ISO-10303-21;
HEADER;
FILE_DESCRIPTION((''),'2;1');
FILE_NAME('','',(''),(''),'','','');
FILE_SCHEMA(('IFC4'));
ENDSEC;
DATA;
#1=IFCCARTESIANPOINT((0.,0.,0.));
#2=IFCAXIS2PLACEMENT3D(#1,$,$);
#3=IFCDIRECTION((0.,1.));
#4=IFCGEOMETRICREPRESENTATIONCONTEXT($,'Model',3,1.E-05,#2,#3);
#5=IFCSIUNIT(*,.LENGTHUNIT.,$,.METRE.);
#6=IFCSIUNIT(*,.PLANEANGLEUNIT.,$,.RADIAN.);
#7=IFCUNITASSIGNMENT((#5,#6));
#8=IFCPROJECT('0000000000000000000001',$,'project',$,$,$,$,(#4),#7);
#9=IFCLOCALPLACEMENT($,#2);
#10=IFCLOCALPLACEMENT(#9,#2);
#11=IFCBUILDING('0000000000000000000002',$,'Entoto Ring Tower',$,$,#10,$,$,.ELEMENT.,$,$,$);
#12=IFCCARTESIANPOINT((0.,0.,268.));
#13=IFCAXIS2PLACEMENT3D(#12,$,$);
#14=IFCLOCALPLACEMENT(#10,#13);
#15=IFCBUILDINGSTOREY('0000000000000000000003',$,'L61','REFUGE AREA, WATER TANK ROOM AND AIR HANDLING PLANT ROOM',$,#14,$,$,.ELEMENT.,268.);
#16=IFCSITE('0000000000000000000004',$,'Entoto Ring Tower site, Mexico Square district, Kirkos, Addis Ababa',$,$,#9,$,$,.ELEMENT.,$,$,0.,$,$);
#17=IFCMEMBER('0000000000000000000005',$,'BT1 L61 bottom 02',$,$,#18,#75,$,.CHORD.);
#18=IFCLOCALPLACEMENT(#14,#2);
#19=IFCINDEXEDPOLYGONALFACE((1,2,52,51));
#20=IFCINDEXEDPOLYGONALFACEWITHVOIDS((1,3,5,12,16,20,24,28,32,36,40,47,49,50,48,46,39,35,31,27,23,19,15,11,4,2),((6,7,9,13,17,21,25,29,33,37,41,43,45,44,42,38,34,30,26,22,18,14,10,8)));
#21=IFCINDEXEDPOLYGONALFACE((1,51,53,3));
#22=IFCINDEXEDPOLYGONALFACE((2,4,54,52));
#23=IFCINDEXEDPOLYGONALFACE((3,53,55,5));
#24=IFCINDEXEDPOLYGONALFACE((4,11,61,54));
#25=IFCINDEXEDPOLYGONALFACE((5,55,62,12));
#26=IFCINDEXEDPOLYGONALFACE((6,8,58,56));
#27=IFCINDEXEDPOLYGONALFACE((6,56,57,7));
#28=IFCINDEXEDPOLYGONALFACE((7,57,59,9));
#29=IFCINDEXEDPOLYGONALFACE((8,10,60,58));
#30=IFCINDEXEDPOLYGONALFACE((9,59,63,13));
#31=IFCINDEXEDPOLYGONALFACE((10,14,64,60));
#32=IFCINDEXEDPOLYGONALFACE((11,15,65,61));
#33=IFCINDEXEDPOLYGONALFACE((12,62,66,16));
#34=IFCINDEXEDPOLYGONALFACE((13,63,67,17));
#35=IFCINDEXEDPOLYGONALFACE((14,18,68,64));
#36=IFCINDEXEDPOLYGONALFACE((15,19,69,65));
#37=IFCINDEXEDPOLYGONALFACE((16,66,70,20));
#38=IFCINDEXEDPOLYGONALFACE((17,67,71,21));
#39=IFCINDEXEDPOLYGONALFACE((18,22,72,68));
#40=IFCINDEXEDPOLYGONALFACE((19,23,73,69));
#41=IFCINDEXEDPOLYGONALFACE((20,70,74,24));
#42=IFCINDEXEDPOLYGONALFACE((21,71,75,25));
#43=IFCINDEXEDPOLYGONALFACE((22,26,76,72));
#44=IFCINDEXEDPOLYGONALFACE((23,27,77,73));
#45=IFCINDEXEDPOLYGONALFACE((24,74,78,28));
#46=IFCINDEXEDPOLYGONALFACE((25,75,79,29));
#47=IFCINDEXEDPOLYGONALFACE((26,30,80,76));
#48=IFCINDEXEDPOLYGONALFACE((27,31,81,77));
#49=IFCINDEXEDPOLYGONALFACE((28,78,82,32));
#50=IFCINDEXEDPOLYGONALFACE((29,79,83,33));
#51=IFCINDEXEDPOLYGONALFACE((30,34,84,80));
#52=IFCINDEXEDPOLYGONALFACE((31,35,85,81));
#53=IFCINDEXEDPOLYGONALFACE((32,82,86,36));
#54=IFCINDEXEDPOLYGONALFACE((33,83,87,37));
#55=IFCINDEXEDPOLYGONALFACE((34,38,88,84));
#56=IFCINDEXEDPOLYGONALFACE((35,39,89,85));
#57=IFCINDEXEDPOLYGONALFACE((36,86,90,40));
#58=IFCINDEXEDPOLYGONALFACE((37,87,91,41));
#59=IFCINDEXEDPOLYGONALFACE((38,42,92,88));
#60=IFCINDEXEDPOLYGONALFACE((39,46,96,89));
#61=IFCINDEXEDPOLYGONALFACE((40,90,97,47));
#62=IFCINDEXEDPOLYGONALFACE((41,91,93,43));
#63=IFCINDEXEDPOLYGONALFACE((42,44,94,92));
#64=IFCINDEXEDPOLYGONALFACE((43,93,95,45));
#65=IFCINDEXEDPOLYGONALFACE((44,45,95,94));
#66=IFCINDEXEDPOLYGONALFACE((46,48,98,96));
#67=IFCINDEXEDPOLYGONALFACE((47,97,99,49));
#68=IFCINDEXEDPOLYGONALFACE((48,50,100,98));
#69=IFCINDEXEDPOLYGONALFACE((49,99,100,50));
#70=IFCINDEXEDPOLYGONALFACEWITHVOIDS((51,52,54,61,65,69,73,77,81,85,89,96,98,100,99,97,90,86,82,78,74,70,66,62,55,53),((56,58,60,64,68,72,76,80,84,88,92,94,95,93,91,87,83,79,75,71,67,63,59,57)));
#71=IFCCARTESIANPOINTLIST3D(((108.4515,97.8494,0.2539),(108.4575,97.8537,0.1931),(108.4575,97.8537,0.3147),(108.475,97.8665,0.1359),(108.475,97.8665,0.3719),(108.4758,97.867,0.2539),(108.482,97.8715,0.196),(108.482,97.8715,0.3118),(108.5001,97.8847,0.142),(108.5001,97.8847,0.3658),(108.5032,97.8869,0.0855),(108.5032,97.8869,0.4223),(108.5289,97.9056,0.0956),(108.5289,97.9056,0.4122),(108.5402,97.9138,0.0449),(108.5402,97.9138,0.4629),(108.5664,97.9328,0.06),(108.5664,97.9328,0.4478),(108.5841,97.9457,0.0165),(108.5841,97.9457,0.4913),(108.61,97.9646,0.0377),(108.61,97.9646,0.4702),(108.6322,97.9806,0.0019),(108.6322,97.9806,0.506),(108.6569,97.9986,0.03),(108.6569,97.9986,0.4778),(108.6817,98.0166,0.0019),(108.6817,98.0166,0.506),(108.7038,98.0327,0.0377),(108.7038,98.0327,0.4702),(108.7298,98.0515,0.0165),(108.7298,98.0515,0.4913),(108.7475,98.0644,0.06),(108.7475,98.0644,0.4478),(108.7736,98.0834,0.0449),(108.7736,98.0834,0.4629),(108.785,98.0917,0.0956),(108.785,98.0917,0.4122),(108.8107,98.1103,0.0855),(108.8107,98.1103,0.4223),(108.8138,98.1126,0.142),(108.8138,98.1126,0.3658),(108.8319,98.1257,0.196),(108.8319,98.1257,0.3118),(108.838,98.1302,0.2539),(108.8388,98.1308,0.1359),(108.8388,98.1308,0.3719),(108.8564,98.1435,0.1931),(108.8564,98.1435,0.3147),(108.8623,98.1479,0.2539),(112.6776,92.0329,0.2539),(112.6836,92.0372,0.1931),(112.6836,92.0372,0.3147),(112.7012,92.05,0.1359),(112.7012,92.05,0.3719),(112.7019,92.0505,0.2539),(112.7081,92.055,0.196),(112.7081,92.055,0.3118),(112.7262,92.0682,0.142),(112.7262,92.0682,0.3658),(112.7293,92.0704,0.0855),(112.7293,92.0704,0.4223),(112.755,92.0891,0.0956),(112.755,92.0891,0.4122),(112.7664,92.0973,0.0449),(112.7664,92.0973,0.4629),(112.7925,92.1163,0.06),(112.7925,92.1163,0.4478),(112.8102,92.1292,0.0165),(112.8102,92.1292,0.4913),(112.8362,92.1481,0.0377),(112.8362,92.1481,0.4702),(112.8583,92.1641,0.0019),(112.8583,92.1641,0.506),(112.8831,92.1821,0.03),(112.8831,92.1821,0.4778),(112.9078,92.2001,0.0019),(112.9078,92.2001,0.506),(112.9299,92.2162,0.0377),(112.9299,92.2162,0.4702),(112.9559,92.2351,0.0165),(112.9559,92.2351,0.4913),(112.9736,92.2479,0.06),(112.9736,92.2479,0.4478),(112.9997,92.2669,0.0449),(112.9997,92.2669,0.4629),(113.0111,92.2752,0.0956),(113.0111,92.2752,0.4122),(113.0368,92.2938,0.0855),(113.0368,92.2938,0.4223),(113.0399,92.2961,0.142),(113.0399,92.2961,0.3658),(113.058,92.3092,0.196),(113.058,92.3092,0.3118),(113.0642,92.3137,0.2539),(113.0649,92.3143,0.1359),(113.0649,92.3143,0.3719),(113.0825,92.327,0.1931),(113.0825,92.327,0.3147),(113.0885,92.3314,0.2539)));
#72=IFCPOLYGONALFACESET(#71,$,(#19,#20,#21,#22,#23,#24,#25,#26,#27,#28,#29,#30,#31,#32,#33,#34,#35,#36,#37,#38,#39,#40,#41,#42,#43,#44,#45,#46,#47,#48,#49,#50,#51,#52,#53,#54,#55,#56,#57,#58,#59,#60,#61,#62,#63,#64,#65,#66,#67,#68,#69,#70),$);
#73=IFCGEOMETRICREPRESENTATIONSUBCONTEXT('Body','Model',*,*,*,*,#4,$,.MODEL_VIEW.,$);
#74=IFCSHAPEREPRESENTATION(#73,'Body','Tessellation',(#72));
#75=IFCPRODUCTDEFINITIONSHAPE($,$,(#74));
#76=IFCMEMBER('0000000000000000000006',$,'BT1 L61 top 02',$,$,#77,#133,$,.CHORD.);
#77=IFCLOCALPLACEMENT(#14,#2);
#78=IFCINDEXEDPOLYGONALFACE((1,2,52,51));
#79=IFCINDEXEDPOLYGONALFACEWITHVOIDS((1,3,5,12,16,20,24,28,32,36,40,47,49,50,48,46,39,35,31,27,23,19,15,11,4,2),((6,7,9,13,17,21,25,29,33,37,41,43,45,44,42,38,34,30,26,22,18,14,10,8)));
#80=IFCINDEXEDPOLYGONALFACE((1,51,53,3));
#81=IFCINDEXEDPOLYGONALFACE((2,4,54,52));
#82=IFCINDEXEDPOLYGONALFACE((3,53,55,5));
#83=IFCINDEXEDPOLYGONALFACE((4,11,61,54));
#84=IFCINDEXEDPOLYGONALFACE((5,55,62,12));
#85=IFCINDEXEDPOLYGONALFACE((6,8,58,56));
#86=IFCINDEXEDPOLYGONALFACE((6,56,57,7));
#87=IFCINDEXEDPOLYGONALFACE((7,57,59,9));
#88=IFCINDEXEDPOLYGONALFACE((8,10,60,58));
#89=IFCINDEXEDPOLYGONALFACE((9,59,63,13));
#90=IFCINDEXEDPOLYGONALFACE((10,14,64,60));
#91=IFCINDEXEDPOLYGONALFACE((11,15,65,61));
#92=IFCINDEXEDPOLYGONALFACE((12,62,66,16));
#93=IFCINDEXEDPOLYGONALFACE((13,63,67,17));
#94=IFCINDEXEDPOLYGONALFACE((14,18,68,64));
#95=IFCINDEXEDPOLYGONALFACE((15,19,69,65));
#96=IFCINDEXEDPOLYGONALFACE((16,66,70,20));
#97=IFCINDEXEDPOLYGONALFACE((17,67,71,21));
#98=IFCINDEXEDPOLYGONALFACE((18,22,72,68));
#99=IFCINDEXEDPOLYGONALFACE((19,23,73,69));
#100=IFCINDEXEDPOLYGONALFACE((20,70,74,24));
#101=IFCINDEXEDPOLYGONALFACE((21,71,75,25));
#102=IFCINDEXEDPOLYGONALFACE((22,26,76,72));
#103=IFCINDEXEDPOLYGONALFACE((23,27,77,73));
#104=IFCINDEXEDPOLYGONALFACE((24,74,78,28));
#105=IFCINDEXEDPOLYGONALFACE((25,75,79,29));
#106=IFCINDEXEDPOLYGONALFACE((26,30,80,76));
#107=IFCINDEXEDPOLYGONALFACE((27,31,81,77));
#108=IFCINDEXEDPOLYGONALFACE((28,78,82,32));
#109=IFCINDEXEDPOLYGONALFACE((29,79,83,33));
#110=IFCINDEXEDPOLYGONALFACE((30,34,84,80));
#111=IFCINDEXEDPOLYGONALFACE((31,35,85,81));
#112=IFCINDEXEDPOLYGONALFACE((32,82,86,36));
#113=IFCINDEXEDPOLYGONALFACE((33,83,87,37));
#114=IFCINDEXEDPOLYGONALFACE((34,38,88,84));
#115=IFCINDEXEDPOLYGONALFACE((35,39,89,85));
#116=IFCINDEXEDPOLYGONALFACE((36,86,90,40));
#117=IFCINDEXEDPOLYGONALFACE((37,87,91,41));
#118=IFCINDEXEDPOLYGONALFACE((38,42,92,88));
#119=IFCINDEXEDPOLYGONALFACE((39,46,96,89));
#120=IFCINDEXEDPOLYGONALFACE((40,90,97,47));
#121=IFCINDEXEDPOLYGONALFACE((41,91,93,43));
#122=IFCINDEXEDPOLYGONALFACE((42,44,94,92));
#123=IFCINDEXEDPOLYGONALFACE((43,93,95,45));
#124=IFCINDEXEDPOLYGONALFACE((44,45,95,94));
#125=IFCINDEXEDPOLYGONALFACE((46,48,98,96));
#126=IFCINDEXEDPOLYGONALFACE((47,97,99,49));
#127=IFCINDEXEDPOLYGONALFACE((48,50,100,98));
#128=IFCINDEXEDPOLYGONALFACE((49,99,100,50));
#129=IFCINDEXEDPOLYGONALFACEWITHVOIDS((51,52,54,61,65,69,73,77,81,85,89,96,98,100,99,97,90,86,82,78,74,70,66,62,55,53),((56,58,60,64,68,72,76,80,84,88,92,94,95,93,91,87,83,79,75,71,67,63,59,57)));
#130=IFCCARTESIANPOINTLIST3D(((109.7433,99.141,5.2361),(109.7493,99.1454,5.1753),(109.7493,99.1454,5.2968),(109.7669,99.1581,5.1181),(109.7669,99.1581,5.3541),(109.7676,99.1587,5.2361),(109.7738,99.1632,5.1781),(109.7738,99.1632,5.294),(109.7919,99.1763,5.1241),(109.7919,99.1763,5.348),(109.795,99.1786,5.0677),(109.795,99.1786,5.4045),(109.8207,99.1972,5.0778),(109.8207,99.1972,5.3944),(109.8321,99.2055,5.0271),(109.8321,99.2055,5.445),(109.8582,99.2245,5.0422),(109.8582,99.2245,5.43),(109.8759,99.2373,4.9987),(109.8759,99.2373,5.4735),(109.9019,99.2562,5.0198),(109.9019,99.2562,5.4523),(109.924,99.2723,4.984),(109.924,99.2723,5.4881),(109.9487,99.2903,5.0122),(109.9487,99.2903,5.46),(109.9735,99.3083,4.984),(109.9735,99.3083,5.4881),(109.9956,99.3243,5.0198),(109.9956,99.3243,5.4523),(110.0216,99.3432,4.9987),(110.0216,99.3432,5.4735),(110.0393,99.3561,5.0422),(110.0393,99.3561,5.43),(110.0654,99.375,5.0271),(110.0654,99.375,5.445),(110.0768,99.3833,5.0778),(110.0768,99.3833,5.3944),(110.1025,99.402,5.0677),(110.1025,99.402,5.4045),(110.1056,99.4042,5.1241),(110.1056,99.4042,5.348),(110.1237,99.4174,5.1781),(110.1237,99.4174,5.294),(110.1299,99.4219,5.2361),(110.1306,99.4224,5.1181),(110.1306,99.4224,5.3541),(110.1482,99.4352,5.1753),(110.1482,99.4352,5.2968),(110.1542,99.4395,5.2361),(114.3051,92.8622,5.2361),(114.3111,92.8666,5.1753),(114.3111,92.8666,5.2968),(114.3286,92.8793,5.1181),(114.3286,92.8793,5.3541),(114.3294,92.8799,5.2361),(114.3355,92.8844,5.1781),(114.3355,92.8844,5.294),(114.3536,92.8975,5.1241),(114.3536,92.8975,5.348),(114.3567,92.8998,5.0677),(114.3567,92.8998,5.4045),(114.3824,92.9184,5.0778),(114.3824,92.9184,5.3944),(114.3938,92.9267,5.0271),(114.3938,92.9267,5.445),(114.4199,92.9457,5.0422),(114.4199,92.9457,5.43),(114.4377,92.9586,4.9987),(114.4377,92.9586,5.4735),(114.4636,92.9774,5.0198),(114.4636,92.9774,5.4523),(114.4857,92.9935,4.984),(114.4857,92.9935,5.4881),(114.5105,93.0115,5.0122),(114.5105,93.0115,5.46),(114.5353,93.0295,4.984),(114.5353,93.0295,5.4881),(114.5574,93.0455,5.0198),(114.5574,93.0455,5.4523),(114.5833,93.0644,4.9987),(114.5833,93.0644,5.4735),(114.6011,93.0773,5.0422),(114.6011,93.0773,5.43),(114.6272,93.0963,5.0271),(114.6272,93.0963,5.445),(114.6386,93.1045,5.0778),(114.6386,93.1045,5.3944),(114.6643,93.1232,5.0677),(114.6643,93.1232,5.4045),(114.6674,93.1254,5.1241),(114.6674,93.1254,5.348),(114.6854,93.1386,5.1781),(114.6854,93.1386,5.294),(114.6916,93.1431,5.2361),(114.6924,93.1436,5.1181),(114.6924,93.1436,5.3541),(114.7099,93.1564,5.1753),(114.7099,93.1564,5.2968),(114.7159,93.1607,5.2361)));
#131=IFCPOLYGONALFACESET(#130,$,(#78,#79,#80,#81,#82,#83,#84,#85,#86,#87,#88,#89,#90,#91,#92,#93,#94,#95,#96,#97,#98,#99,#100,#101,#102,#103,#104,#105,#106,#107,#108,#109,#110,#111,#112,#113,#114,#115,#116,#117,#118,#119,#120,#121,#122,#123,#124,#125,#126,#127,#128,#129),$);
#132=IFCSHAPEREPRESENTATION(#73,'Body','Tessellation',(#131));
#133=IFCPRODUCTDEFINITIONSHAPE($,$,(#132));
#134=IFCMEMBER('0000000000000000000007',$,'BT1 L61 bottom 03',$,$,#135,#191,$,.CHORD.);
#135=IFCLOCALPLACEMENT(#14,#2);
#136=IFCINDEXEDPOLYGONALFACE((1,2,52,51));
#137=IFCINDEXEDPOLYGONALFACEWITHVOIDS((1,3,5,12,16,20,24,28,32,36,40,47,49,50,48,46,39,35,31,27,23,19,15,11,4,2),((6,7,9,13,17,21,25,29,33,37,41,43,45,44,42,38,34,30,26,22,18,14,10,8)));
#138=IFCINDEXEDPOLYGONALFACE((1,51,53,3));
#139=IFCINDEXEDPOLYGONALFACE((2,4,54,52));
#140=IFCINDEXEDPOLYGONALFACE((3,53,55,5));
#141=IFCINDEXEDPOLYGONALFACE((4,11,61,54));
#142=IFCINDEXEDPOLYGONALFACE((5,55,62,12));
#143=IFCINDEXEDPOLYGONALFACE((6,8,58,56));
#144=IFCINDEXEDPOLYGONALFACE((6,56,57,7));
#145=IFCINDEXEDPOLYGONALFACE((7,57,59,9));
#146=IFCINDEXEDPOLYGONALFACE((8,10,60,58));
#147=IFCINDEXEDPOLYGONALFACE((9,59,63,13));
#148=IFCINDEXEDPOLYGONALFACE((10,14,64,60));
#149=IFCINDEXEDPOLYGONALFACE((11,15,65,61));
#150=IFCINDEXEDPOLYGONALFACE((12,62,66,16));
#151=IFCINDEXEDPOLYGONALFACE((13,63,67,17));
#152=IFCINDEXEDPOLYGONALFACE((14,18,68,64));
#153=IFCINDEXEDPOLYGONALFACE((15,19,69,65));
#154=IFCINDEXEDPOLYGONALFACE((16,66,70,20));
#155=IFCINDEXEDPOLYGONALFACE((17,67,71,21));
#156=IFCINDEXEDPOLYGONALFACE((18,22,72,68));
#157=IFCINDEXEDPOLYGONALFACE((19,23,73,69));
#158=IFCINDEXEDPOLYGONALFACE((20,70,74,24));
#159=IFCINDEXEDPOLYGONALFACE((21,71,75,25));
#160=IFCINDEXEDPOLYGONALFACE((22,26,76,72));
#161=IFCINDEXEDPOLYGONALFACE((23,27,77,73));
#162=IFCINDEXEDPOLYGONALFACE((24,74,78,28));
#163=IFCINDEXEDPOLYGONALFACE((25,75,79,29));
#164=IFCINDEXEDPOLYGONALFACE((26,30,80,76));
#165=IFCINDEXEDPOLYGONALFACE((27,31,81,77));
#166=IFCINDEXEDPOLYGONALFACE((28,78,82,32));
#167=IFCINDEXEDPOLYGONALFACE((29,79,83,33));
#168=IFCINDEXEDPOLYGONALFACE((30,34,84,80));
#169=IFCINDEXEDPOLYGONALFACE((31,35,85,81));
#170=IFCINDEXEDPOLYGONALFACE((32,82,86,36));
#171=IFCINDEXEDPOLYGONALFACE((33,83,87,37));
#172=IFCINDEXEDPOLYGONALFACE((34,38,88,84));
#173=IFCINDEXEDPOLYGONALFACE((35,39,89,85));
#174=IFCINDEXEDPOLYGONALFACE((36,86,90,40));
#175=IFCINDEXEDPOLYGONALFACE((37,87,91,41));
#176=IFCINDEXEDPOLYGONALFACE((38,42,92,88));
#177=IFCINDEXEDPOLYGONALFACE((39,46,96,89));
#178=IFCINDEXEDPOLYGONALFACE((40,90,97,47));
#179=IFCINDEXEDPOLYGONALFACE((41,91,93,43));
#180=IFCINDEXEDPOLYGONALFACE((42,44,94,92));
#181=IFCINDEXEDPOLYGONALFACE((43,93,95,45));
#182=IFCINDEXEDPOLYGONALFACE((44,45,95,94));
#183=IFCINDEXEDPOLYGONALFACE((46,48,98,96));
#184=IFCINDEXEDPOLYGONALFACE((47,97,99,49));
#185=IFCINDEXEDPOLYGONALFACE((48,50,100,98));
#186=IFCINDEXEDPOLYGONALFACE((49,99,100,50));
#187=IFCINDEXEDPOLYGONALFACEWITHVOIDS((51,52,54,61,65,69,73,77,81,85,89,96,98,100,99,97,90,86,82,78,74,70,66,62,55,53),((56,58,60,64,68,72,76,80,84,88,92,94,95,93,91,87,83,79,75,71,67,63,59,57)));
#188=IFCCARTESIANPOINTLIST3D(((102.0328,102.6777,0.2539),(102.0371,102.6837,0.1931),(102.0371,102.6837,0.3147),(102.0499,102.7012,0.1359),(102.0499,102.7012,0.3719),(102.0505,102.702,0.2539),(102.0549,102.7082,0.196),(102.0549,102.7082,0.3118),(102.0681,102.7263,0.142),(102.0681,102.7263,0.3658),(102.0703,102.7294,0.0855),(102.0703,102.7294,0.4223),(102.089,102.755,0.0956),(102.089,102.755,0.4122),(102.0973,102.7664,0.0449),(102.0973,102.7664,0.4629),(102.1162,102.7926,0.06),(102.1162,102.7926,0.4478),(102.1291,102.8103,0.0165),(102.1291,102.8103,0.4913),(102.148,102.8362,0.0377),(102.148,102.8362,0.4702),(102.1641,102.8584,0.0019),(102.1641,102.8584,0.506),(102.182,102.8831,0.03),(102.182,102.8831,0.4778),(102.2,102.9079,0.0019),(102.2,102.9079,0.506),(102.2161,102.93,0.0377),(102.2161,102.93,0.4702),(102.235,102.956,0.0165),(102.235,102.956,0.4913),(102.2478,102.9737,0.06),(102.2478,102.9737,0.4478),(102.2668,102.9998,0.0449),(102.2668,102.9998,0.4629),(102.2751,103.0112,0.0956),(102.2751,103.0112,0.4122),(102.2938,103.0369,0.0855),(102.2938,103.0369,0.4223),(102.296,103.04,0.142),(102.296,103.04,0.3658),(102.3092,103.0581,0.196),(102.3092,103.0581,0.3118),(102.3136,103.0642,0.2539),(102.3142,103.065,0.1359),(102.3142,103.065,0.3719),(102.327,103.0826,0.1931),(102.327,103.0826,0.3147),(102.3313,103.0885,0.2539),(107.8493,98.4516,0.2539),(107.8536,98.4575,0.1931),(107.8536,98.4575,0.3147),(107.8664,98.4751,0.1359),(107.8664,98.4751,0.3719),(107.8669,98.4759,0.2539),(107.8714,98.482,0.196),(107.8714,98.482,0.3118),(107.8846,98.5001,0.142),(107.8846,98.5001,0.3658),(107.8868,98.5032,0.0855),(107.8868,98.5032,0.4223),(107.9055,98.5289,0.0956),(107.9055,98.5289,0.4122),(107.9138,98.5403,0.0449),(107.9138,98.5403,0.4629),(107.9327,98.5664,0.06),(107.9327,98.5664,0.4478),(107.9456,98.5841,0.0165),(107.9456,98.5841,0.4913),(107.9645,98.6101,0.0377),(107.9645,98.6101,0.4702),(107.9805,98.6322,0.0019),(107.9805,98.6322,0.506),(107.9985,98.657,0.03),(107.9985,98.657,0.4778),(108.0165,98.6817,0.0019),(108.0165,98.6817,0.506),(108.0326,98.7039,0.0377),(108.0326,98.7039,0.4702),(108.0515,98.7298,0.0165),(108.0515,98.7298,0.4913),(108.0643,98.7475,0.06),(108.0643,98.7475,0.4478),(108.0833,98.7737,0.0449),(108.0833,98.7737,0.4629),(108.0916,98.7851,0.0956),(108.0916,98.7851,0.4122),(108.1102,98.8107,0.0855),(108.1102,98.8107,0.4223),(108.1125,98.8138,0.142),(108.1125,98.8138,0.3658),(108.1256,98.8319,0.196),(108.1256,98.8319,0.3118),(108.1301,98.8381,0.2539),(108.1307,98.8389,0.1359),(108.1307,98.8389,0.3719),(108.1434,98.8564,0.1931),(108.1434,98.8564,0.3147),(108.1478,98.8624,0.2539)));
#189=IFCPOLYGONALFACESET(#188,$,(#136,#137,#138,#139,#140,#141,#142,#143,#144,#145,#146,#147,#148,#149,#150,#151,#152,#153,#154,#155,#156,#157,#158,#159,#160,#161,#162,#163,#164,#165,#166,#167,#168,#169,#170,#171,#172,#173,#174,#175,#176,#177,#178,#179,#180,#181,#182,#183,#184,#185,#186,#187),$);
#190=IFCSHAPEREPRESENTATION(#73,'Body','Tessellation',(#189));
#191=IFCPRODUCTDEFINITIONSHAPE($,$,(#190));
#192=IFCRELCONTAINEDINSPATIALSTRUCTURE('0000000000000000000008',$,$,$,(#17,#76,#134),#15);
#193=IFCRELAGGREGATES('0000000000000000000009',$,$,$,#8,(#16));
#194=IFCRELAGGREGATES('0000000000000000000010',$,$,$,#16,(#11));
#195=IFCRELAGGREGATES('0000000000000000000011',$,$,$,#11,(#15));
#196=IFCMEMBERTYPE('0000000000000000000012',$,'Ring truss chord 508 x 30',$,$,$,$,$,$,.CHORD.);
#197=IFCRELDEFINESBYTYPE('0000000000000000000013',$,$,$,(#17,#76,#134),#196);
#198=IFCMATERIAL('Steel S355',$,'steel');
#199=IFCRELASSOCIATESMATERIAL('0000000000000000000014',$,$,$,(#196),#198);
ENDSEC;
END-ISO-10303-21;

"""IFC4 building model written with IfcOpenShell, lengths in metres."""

from ifc_helpers import new_model, si_unit, direction, frame, origin, origin_2d, place, context, subcontext, project, spatial, circle, hollow_circle, extrude, material, material_profile, profile_set, type_object, element, save


model = new_model("IFC4")

# Units and contexts
model_context = context("Model", 3, precision=1e-05, world=origin(), true_north=direction((0.0, 1.0)))
body_context = subcontext(model_context, "Body", "Model", "MODEL_VIEW")
ifc_project = project(units=[si_unit("LENGTHUNIT", "METRE"), si_unit("PLANEANGLEUNIT", "RADIAN")], contexts=[model_context])

# Site, building, storey
site_placement = place(None, origin())
site = spatial("IfcSite", under=ifc_project, at=site_placement, Name="Entoto Ring Tower site, Mexico Square district, Kirkos, Addis Ababa", CompositionType="ELEMENT", RefElevation=0.0)
building_placement = place(site_placement, origin())
building = spatial("IfcBuilding", under=site, at=building_placement, Name="Entoto Ring Tower", CompositionType="ELEMENT")
storey_placement = place(building_placement, frame((0.0, 0.0, 268.0)))
storey = spatial("IfcBuildingStorey", under=building, at=storey_placement, Name="L61", Description="REFUGE AREA, WATER TANK ROOM AND AIR HANDLING PLANT ROOM", CompositionType="ELEMENT", Elevation=268.0)

# Members
ifc_material_1 = material(Name="Steel S355", Category="steel")
ifc_material_profile_1 = material_profile(ifc_material_1, hollow_circle(Radius=0.2539, WallThickness=0.03, at=origin_2d()), Name="CHS 508 x 30")
ifc_material_2 = material(Name="Concrete C60/75", Category="concrete")
ifc_material_profile_2 = material_profile(ifc_material_2, circle(Radius=0.2241, at=origin_2d()), Name="Concrete C60/75 infill")
ifc_profile_set_1 = profile_set([ifc_material_profile_1, ifc_material_profile_2], Name="Steel S355")
member_type_1 = type_object("IfcMemberType", Name="Ring truss chord 508 x 30", PredefinedType="CHORD", material=ifc_profile_set_1)
member_1_placement = place(storey_placement, frame((112.8831, 92.1821, 0.2539), z_axis=(-0.587804, 0.809003, 0.0), x_axis=(-0.809003, -0.587804, 0.0)))
element("IfcMember", 1, at=member_1_placement, inside=storey, type_object=member_type_1, Name="BT1 L61 bottom 02", PredefinedType="CHORD", context=body_context, shape_type="SweptSolid", body=[
    extrude(hollow_circle(Radius=0.2539, WallThickness=0.03, at=origin_2d()), origin(), (0.0, 0.0, 1.0), 7.1897),
])
member_2_placement = place(storey_placement, frame((114.5105, 93.0115, 5.2361), z_axis=(-0.587781, 0.80902, 0.0), x_axis=(-0.80902, -0.587781, 0.0)))
element("IfcMember", 2, at=member_2_placement, inside=storey, type_object=member_type_1, Name="BT1 L61 top 02", PredefinedType="CHORD", context=body_context, shape_type="SweptSolid", body=[
    extrude(hollow_circle(Radius=0.2539, WallThickness=0.03, at=origin_2d()), origin(), (0.0, 0.0, 1.0), 7.761),
])
member_3_placement = place(storey_placement, frame((107.9985, 98.657, 0.2539), z_axis=(-0.809003, 0.587804, 0.0), x_axis=(-0.587804, -0.809003, 0.0)))
element("IfcMember", 3, at=member_3_placement, inside=storey, type_object=member_type_1, Name="BT1 L61 bottom 03", PredefinedType="CHORD", context=body_context, shape_type="SweptSolid", body=[
    extrude(hollow_circle(Radius=0.2539, WallThickness=0.03, at=origin_2d()), origin(), (0.0, 0.0, 1.0), 7.1897),
])

save(model, "model.ifc")
